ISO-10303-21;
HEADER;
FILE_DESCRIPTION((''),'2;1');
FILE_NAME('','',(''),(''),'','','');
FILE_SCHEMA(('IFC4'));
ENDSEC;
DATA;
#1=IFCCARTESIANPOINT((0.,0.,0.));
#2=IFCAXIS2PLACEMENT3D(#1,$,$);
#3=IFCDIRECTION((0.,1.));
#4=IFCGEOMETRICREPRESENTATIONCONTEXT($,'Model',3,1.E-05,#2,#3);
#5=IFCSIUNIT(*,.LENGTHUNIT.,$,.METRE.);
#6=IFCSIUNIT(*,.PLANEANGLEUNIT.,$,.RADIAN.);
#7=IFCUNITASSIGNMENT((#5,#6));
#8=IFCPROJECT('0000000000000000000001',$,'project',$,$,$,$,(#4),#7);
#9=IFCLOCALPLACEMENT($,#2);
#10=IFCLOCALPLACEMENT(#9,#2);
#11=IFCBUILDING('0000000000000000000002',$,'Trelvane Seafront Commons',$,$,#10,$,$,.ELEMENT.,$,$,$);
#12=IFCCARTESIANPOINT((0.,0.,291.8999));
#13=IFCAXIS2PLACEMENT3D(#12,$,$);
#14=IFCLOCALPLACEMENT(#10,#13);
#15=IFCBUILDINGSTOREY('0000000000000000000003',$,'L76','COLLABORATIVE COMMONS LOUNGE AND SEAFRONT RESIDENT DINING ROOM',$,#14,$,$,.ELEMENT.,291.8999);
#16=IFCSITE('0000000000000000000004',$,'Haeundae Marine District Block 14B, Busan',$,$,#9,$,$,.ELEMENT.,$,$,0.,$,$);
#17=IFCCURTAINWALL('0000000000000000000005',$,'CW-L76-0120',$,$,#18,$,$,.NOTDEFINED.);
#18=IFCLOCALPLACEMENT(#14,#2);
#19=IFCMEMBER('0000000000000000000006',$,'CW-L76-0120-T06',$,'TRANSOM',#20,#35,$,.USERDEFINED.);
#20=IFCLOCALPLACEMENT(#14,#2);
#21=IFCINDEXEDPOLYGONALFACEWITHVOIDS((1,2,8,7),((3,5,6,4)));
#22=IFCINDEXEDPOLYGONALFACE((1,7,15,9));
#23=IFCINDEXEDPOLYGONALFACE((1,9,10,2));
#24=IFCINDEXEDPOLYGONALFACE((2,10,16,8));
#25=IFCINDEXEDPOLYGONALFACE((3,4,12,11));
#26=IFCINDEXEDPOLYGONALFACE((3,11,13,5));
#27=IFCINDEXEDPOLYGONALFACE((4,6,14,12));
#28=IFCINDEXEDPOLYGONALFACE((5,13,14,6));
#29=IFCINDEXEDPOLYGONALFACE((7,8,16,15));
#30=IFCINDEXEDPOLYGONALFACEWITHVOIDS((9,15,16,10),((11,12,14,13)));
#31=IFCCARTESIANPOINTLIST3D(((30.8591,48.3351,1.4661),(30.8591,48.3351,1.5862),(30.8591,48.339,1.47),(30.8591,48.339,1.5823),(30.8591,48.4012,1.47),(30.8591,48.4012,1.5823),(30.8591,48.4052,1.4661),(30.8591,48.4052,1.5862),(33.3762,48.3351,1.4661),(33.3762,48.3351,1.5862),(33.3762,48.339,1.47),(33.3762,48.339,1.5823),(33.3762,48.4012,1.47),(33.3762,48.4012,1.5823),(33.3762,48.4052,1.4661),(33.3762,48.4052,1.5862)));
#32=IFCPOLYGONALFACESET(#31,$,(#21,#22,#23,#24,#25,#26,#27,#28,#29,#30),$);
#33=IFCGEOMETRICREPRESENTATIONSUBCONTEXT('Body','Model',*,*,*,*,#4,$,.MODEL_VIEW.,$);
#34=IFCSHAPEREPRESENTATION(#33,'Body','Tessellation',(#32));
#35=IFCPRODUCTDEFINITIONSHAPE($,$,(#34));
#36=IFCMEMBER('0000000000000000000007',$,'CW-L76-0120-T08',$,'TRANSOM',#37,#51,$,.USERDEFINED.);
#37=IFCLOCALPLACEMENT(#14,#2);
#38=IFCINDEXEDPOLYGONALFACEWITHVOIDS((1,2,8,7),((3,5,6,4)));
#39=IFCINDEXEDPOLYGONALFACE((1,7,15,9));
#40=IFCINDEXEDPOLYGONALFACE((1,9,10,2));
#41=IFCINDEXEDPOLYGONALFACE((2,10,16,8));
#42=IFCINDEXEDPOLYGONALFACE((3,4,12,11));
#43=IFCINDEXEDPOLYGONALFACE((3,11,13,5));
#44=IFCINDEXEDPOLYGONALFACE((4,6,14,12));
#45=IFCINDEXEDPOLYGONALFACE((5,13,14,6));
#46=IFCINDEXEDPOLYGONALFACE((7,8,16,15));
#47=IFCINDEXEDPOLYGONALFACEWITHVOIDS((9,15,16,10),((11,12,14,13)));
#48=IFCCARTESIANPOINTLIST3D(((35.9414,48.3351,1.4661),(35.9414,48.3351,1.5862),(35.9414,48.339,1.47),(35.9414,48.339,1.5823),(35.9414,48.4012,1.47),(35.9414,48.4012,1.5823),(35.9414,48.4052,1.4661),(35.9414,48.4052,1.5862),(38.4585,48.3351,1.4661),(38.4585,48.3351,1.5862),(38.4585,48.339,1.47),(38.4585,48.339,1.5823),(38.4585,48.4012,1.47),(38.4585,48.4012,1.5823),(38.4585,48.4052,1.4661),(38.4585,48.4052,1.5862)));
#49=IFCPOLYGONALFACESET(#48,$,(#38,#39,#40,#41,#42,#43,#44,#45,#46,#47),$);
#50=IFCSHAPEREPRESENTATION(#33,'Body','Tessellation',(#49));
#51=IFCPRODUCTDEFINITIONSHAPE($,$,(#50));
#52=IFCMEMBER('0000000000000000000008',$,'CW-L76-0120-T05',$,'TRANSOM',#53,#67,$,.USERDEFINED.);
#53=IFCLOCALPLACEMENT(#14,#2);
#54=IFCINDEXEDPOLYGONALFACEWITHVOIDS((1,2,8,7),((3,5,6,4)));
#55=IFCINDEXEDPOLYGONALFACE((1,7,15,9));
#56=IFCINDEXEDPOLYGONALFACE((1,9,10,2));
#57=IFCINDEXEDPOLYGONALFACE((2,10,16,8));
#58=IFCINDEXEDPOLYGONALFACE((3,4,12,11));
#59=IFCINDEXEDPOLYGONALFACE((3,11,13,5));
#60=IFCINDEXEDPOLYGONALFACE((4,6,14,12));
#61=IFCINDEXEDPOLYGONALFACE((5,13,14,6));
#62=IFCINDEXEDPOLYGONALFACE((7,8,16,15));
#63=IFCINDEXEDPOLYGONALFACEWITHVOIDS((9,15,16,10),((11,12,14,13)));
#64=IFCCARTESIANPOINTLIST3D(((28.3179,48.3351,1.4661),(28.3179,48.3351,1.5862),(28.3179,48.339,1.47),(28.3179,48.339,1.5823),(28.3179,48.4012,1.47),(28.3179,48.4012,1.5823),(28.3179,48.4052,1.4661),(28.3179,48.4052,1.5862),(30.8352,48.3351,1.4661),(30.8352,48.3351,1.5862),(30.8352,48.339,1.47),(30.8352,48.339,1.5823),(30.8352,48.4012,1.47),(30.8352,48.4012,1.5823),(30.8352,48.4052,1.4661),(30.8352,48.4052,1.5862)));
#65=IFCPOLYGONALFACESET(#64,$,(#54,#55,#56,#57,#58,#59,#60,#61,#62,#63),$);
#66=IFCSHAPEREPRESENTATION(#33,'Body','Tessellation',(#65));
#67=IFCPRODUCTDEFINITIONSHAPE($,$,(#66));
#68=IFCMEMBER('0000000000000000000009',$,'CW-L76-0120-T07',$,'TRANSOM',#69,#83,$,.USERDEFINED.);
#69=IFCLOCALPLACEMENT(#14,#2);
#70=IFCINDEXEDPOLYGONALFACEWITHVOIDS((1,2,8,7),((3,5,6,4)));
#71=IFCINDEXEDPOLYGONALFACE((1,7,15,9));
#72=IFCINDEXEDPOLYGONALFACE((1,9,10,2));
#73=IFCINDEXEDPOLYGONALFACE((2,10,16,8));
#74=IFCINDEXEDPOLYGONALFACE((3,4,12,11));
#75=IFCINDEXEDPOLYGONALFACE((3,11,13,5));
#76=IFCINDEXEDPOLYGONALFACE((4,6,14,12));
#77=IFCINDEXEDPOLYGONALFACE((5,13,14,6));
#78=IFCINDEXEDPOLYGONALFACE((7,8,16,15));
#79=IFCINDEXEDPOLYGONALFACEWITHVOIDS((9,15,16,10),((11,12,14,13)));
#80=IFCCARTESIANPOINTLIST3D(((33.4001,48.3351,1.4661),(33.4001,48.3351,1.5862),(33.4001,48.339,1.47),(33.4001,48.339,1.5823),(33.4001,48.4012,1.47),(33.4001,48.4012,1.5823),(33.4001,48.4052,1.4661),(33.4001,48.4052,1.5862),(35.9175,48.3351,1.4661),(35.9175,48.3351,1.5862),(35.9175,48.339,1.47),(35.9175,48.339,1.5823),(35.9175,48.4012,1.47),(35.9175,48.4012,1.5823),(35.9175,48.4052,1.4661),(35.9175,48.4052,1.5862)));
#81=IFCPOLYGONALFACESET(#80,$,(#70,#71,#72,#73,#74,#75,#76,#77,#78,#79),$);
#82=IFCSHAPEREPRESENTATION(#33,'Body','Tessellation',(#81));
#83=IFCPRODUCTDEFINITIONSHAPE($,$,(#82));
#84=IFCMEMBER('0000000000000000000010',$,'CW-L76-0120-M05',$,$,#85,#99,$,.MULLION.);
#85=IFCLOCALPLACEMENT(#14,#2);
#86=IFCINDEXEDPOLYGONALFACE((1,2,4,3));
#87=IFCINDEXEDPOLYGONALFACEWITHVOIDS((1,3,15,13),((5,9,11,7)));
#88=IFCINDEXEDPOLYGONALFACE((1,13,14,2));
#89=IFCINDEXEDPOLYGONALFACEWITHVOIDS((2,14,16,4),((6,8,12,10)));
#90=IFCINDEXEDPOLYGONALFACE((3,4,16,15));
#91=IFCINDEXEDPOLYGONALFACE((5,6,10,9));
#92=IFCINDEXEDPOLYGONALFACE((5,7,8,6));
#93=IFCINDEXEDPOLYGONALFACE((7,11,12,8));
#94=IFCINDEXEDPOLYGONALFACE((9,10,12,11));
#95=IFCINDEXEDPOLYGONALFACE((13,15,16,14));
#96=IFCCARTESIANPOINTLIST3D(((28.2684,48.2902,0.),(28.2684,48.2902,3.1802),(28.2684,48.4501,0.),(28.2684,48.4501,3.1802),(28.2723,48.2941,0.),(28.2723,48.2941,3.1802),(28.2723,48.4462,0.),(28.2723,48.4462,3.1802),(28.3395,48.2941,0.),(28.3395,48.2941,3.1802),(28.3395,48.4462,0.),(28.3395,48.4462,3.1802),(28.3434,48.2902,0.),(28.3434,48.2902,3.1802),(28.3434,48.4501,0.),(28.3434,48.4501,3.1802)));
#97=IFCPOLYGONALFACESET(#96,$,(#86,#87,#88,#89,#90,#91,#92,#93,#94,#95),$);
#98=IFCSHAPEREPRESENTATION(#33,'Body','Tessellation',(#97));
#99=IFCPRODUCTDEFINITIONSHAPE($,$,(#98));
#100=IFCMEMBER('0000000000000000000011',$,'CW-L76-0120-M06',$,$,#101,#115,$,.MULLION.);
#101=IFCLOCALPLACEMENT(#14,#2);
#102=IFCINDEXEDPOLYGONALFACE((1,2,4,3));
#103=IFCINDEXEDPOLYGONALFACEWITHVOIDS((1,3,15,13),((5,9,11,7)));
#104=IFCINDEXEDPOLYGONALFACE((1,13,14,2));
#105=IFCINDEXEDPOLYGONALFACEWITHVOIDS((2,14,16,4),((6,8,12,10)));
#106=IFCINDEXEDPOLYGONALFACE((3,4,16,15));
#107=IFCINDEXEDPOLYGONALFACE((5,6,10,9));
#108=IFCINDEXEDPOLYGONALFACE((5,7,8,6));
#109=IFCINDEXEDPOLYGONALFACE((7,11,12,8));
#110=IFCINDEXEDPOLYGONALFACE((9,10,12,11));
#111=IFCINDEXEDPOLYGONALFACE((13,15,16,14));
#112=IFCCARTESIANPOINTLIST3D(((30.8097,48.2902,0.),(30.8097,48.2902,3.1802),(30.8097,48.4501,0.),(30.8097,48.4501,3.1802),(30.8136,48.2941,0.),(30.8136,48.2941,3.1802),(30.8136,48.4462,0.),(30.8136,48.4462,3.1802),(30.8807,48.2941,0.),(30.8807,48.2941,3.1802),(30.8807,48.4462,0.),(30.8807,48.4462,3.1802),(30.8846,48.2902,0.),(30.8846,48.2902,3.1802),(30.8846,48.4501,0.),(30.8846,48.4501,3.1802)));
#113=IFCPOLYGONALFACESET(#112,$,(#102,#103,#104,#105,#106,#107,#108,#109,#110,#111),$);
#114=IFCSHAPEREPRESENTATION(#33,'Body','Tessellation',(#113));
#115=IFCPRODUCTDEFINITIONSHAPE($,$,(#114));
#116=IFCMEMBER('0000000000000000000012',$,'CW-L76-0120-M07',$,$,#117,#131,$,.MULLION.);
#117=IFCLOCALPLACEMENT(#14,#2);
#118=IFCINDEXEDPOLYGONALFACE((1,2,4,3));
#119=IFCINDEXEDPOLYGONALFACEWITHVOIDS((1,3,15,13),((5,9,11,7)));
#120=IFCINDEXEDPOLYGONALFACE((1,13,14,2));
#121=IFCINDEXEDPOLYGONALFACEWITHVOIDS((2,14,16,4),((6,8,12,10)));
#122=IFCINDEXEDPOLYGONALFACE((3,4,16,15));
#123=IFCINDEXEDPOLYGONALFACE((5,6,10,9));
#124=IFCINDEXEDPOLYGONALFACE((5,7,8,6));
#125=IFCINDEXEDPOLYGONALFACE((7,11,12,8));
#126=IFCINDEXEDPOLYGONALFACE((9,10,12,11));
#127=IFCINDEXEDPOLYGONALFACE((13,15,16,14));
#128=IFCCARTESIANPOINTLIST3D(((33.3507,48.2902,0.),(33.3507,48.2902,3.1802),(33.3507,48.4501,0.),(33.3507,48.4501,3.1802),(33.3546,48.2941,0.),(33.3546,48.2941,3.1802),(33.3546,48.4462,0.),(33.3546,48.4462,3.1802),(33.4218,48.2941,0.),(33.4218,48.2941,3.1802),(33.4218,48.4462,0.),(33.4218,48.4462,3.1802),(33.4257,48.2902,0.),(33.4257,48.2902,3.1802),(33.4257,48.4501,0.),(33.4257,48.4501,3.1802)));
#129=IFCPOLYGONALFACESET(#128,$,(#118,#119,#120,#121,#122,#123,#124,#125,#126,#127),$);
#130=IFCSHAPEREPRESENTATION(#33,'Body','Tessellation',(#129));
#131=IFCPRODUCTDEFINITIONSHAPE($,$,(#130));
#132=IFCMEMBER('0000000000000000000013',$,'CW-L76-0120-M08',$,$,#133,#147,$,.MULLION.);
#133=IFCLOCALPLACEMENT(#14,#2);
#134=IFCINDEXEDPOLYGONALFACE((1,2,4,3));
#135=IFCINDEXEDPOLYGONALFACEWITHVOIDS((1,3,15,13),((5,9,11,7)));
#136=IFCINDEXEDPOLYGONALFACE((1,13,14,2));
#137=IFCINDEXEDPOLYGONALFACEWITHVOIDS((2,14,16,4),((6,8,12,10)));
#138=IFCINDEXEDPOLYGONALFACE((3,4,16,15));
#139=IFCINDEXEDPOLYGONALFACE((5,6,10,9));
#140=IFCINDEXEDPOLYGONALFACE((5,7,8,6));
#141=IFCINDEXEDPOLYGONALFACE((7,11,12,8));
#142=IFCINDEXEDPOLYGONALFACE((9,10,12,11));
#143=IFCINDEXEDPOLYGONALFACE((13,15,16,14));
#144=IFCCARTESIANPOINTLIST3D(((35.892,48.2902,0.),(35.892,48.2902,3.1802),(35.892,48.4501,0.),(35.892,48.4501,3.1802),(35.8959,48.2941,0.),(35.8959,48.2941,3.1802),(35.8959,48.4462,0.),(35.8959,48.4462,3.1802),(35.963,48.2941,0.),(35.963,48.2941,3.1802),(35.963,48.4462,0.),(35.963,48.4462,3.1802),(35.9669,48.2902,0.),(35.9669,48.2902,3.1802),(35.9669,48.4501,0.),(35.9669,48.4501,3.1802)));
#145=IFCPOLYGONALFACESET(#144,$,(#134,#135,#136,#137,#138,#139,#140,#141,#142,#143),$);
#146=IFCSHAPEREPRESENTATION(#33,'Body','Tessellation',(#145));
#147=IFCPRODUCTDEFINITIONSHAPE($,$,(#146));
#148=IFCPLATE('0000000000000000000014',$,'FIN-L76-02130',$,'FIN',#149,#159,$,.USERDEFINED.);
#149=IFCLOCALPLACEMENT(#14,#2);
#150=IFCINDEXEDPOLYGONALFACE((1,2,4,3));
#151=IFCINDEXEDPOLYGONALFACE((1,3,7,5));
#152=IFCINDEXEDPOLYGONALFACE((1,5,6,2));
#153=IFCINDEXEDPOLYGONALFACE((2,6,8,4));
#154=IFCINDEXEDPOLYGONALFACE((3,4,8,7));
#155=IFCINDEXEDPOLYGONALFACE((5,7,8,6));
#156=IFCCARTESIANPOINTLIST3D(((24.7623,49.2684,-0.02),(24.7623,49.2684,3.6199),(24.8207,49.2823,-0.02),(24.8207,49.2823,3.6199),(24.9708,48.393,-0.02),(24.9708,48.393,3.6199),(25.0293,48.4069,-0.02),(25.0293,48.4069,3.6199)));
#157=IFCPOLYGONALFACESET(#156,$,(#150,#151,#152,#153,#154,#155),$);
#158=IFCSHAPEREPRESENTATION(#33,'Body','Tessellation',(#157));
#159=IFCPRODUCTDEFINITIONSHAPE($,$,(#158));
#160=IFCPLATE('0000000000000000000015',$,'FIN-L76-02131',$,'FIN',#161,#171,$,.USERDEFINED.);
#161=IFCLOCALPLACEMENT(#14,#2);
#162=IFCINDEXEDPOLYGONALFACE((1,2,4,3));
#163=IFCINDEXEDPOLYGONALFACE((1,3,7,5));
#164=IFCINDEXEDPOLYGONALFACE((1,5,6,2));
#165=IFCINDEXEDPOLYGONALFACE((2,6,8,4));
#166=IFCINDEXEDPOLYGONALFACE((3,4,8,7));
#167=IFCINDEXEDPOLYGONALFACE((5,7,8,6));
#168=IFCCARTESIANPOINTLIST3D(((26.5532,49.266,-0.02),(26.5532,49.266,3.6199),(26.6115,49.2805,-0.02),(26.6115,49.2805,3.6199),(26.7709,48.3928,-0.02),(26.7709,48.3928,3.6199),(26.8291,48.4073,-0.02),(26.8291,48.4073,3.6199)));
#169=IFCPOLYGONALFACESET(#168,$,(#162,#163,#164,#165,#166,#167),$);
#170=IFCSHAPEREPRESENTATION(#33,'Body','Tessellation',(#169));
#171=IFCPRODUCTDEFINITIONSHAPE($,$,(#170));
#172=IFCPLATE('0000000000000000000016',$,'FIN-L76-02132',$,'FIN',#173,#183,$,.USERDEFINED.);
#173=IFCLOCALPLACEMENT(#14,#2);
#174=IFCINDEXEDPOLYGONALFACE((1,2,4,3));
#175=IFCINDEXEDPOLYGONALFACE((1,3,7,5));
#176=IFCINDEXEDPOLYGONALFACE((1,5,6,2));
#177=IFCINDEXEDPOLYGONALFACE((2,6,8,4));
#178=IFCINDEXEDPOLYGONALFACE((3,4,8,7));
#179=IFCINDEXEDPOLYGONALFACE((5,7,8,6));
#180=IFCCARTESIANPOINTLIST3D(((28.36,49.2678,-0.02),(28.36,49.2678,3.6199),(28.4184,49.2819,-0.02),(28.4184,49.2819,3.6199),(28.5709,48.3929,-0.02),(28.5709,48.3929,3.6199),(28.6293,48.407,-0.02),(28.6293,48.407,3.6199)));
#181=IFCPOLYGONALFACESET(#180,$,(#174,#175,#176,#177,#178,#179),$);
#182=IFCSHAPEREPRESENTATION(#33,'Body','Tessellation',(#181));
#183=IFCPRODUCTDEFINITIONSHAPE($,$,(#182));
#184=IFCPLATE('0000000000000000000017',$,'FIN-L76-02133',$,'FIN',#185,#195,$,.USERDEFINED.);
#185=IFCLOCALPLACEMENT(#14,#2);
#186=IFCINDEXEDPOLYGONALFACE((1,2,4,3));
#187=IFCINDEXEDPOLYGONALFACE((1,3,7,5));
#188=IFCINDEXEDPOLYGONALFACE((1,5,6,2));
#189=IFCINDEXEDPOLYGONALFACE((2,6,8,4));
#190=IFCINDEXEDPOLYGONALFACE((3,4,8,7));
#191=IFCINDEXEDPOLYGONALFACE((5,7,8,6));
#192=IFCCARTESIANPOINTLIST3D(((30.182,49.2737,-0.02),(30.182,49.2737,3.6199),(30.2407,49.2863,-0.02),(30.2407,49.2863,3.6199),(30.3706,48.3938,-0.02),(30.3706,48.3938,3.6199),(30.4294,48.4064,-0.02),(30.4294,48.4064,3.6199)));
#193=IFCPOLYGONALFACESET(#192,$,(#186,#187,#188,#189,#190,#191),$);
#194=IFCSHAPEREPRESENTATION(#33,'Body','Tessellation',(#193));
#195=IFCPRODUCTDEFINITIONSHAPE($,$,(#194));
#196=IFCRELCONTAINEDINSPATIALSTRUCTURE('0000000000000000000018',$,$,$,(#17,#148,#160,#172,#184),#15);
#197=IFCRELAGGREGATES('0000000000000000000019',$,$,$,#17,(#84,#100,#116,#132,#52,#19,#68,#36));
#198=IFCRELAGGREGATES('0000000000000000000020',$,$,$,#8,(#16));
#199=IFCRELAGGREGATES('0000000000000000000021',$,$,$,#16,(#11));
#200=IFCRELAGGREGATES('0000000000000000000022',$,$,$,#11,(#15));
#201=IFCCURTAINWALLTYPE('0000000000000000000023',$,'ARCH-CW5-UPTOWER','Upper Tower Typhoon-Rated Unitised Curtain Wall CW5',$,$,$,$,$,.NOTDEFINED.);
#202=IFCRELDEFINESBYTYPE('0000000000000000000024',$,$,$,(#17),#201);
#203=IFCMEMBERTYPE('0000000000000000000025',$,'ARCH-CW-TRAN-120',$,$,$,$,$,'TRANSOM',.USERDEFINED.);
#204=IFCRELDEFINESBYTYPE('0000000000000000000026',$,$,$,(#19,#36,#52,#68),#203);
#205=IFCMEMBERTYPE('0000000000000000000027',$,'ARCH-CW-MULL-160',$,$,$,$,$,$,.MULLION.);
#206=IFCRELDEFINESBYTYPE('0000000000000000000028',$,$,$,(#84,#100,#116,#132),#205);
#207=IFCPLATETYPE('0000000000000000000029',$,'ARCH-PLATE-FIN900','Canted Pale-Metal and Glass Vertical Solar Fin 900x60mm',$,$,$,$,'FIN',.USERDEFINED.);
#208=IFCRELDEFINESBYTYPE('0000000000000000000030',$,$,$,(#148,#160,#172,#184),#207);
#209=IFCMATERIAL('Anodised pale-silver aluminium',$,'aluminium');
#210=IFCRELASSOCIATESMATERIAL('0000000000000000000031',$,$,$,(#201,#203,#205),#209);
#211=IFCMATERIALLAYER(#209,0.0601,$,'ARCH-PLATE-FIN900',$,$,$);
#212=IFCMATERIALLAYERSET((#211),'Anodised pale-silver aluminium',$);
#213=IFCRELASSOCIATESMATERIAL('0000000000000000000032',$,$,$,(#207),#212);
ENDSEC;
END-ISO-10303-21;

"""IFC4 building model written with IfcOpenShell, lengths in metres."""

from ifc_helpers import new_model, si_unit, direction, frame, origin, origin_2d, place, context, subcontext, project, spatial, rectangle, hollow_rectangle, extrude, source, transform, mapped, material, layer, layer_set, material_profile, profile_set, type_object, element, aggregate, save


model = new_model("IFC4")

# Units and contexts
model_context = context("Model", 3, precision=1e-05, world=origin(), true_north=direction((0.0, 1.0)))
body_context = subcontext(model_context, "Body", "Model", "MODEL_VIEW")
ifc_project = project(units=[si_unit("LENGTHUNIT", "METRE"), si_unit("PLANEANGLEUNIT", "RADIAN")], contexts=[model_context])

# Site, building, storey
site_placement = place(None, origin())
site = spatial("IfcSite", under=ifc_project, at=site_placement, Name="Haeundae Marine District Block 14B, Busan", CompositionType="ELEMENT", RefElevation=0.0)
building_placement = place(site_placement, origin())
building = spatial("IfcBuilding", under=site, at=building_placement, Name="Trelvane Seafront Commons", CompositionType="ELEMENT")
storey_placement = place(building_placement, frame((0.0, 0.0, 291.8999)))
storey = spatial("IfcBuildingStorey", under=building, at=storey_placement, Name="L76", Description="COLLABORATIVE COMMONS LOUNGE AND SEAFRONT RESIDENT DINING ROOM", CompositionType="ELEMENT", Elevation=291.8999)

# Curtain wall, members
ifc_material_1 = material(Name="Anodised pale-silver aluminium", Category="aluminium")
curtain_wall_type = type_object("IfcCurtainWallType", Name="ARCH-CW5-UPTOWER", Description="Upper Tower Typhoon-Rated Unitised Curtain Wall CW5", PredefinedType="NOTDEFINED", material=ifc_material_1)
curtain_wall_placement = place(storey_placement, origin())
curtain_wall = element("IfcCurtainWall", 1, at=curtain_wall_placement, inside=storey, type_object=curtain_wall_type, Name="CW-L76-0120", PredefinedType="NOTDEFINED")
ifc_material_profile_1 = material_profile(ifc_material_1, hollow_rectangle(XDim=0.0701, YDim=0.1201, WallThickness=0.0039, at=origin_2d()), Name="TRAN-70x120x4")
ifc_profile_set_1 = profile_set([ifc_material_profile_1], Name="Anodised pale-silver aluminium")
member_type_1 = type_object("IfcMemberType", Name="ARCH-CW-TRAN-120", ElementType="TRANSOM", PredefinedType="USERDEFINED", material=ifc_profile_set_1)
shared_shape_1 = source(origin(), body_context, "Body", "SweptSolid", [
    extrude(hollow_rectangle(XDim=0.0701, YDim=0.1201, WallThickness=0.0039, at=origin_2d()), origin(), (0.0, 0.0, 1.0), 2.5171),
])
member_1_placement = place(storey_placement, frame((30.8591, 48.3701, 1.5261), z_axis=(1.0, 0.0, 0.0), x_axis=(0.0, 1.0, 0.0)))
member_1 = element("IfcMember", 2, at=member_1_placement, type_object=member_type_1, Name="CW-L76-0120-T06", ObjectType="TRANSOM", PredefinedType="USERDEFINED", context=body_context, shape_type="MappedRepresentation", body=[
    mapped(shared_shape_1, transform((0.0, 0.0, 0.0), x_axis=(1.0, 0.0, 0.0), y_axis=(0.0, 1.0, 0.0), z_axis=(0.0, 0.0, 1.0), scale=1.0)),
])
member_2_placement = place(storey_placement, frame((35.9414, 48.3701, 1.5261), z_axis=(1.0, 0.0, 0.0), x_axis=(0.0, 1.0, 0.0)))
member_2 = element("IfcMember", 3, at=member_2_placement, type_object=member_type_1, Name="CW-L76-0120-T08", ObjectType="TRANSOM", PredefinedType="USERDEFINED", context=body_context, shape_type="MappedRepresentation", body=[
    mapped(shared_shape_1, transform((0.0, 0.0, 0.0), x_axis=(1.0, 0.0, 0.0), y_axis=(0.0, 1.0, 0.0), z_axis=(0.0, 0.0, 1.0), scale=1.0)),
])
shared_shape_2 = source(origin(), body_context, "Body", "SweptSolid", [
    extrude(hollow_rectangle(XDim=0.0701, YDim=0.1201, WallThickness=0.0039, at=origin_2d()), origin(), (0.0, 0.0, 1.0), 2.5173),
])
member_3_placement = place(storey_placement, frame((28.3179, 48.3701, 1.5261), z_axis=(1.0, 0.0, 0.0), x_axis=(0.0, 1.0, 0.0)))
member_3 = element("IfcMember", 4, at=member_3_placement, type_object=member_type_1, Name="CW-L76-0120-T05", ObjectType="TRANSOM", PredefinedType="USERDEFINED", context=body_context, shape_type="MappedRepresentation", body=[
    mapped(shared_shape_2, transform((0.0, 0.0, 0.0), x_axis=(1.0, 0.0, 0.0), y_axis=(0.0, 1.0, 0.0), z_axis=(0.0, 0.0, 1.0), scale=1.0)),
])
member_4_placement = place(storey_placement, frame((33.4001, 48.3701, 1.5261), z_axis=(1.0, 0.0, 0.0), x_axis=(0.0, 1.0, 0.0)))
member_4 = element("IfcMember", 5, at=member_4_placement, type_object=member_type_1, Name="CW-L76-0120-T07", ObjectType="TRANSOM", PredefinedType="USERDEFINED", context=body_context, shape_type="MappedRepresentation", body=[
    mapped(shared_shape_2, transform((0.0, 0.0, 0.0), x_axis=(1.0, 0.0, 0.0), y_axis=(0.0, 1.0, 0.0), z_axis=(0.0, 0.0, 1.0), scale=1.0)),
])
ifc_material_profile_2 = material_profile(ifc_material_1, hollow_rectangle(XDim=0.075, YDim=0.1599, WallThickness=0.0039, at=origin_2d()), Name="MULL-75x160x4")
ifc_profile_set_2 = profile_set([ifc_material_profile_2], Name="Anodised pale-silver aluminium")
member_type_2 = type_object("IfcMemberType", Name="ARCH-CW-MULL-160", PredefinedType="MULLION", material=ifc_profile_set_2)
shared_shape_3 = source(origin(), body_context, "Body", "SweptSolid", [
    extrude(hollow_rectangle(XDim=0.075, YDim=0.1599, WallThickness=0.0039, at=origin_2d()), origin(), (0.0, 0.0, 1.0), 3.1802),
])
member_5_placement = place(storey_placement, frame((28.3059, 48.3701, 0.0), z_axis=(0.0, 0.0, 1.0), x_axis=(1.0, 0.0, 0.0)))
member_5 = element("IfcMember", 6, at=member_5_placement, type_object=member_type_2, Name="CW-L76-0120-M05", PredefinedType="MULLION", context=body_context, shape_type="MappedRepresentation", body=[
    mapped(shared_shape_3, transform((0.0, 0.0, 0.0), x_axis=(1.0, 0.0, 0.0), y_axis=(0.0, 1.0, 0.0), z_axis=(0.0, 0.0, 1.0), scale=1.0)),
])
member_6_placement = place(storey_placement, frame((30.8472, 48.3701, 0.0), z_axis=(0.0, 0.0, 1.0), x_axis=(1.0, 0.0, 0.0)))
member_6 = element("IfcMember", 7, at=member_6_placement, type_object=member_type_2, Name="CW-L76-0120-M06", PredefinedType="MULLION", context=body_context, shape_type="MappedRepresentation", body=[
    mapped(shared_shape_3, transform((0.0, 0.0, 0.0), x_axis=(1.0, 0.0, 0.0), y_axis=(0.0, 1.0, 0.0), z_axis=(0.0, 0.0, 1.0), scale=1.0)),
])
member_7_placement = place(storey_placement, frame((33.3882, 48.3701, 0.0), z_axis=(0.0, 0.0, 1.0), x_axis=(1.0, 0.0, 0.0)))
member_7 = element("IfcMember", 8, at=member_7_placement, type_object=member_type_2, Name="CW-L76-0120-M07", PredefinedType="MULLION", context=body_context, shape_type="MappedRepresentation", body=[
    mapped(shared_shape_3, transform((0.0, 0.0, 0.0), x_axis=(1.0, 0.0, 0.0), y_axis=(0.0, 1.0, 0.0), z_axis=(0.0, 0.0, 1.0), scale=1.0)),
])
member_8_placement = place(storey_placement, frame((35.9294, 48.3701, 0.0), z_axis=(0.0, 0.0, 1.0), x_axis=(1.0, 0.0, 0.0)))
member_8 = element("IfcMember", 9, at=member_8_placement, type_object=member_type_2, Name="CW-L76-0120-M08", PredefinedType="MULLION", context=body_context, shape_type="MappedRepresentation", body=[
    mapped(shared_shape_3, transform((0.0, 0.0, 0.0), x_axis=(1.0, 0.0, 0.0), y_axis=(0.0, 1.0, 0.0), z_axis=(0.0, 0.0, 1.0), scale=1.0)),
])

# Plates
ifc_layer_1 = layer(ifc_material_1, 0.0601, Name="ARCH-PLATE-FIN900")
ifc_layer_set_1 = layer_set([ifc_layer_1], Name="Anodised pale-silver aluminium")
plate_type_1 = type_object("IfcPlateType", Name="ARCH-PLATE-FIN900", Description="Canted Pale-Metal and Glass Vertical Solar Fin 900x60mm", ElementType="FIN", PredefinedType="USERDEFINED", material=ifc_layer_set_1)
shared_shape_4 = source(origin(), body_context, "Body", "SweptSolid", [
    extrude(rectangle(XDim=0.8999, YDim=0.0601, at=origin_2d()), origin(), (0.0, 0.0, 1.0), 3.6399),
])
for number, where, z_axis, x_axis, name in (
    (10, (24.8958, 48.8376, -0.02), (0.0, 0.0, 1.0), (-0.231775, 0.972769, 0.0), "FIN-L76-02130"),
    (11, (26.6912, 48.8367, -0.02), (0.0, 0.0, 1.0), (-0.241881, 0.970306, 0.0), "FIN-L76-02131"),
    (12, (28.4946, 48.8374, -0.02), (0.0, 0.0, 1.0), (-0.234343, 0.972154, 0.0), "FIN-L76-02132"),
    (13, (30.3057, 48.8401, -0.02), (0.0, 0.0, 1.0), (-0.209666, 0.977773, 0.0), "FIN-L76-02133"),
):
    element("IfcPlate", number, at=place(storey_placement, frame(where, z_axis=z_axis, x_axis=x_axis)), inside=storey, type_object=plate_type_1, Name=name, ObjectType="FIN", PredefinedType="USERDEFINED", context=body_context, shape_type="MappedRepresentation", body=[
        mapped(shared_shape_4, transform((0.0, 0.0, 0.0), x_axis=(1.0, 0.0, 0.0), y_axis=(0.0, 1.0, 0.0), z_axis=(0.0, 0.0, 1.0), scale=1.0)),
    ])

aggregate(curtain_wall, [member_5, member_6, member_7, member_8, member_3, member_1, member_4, member_2])

save(model, "model.ifc")
